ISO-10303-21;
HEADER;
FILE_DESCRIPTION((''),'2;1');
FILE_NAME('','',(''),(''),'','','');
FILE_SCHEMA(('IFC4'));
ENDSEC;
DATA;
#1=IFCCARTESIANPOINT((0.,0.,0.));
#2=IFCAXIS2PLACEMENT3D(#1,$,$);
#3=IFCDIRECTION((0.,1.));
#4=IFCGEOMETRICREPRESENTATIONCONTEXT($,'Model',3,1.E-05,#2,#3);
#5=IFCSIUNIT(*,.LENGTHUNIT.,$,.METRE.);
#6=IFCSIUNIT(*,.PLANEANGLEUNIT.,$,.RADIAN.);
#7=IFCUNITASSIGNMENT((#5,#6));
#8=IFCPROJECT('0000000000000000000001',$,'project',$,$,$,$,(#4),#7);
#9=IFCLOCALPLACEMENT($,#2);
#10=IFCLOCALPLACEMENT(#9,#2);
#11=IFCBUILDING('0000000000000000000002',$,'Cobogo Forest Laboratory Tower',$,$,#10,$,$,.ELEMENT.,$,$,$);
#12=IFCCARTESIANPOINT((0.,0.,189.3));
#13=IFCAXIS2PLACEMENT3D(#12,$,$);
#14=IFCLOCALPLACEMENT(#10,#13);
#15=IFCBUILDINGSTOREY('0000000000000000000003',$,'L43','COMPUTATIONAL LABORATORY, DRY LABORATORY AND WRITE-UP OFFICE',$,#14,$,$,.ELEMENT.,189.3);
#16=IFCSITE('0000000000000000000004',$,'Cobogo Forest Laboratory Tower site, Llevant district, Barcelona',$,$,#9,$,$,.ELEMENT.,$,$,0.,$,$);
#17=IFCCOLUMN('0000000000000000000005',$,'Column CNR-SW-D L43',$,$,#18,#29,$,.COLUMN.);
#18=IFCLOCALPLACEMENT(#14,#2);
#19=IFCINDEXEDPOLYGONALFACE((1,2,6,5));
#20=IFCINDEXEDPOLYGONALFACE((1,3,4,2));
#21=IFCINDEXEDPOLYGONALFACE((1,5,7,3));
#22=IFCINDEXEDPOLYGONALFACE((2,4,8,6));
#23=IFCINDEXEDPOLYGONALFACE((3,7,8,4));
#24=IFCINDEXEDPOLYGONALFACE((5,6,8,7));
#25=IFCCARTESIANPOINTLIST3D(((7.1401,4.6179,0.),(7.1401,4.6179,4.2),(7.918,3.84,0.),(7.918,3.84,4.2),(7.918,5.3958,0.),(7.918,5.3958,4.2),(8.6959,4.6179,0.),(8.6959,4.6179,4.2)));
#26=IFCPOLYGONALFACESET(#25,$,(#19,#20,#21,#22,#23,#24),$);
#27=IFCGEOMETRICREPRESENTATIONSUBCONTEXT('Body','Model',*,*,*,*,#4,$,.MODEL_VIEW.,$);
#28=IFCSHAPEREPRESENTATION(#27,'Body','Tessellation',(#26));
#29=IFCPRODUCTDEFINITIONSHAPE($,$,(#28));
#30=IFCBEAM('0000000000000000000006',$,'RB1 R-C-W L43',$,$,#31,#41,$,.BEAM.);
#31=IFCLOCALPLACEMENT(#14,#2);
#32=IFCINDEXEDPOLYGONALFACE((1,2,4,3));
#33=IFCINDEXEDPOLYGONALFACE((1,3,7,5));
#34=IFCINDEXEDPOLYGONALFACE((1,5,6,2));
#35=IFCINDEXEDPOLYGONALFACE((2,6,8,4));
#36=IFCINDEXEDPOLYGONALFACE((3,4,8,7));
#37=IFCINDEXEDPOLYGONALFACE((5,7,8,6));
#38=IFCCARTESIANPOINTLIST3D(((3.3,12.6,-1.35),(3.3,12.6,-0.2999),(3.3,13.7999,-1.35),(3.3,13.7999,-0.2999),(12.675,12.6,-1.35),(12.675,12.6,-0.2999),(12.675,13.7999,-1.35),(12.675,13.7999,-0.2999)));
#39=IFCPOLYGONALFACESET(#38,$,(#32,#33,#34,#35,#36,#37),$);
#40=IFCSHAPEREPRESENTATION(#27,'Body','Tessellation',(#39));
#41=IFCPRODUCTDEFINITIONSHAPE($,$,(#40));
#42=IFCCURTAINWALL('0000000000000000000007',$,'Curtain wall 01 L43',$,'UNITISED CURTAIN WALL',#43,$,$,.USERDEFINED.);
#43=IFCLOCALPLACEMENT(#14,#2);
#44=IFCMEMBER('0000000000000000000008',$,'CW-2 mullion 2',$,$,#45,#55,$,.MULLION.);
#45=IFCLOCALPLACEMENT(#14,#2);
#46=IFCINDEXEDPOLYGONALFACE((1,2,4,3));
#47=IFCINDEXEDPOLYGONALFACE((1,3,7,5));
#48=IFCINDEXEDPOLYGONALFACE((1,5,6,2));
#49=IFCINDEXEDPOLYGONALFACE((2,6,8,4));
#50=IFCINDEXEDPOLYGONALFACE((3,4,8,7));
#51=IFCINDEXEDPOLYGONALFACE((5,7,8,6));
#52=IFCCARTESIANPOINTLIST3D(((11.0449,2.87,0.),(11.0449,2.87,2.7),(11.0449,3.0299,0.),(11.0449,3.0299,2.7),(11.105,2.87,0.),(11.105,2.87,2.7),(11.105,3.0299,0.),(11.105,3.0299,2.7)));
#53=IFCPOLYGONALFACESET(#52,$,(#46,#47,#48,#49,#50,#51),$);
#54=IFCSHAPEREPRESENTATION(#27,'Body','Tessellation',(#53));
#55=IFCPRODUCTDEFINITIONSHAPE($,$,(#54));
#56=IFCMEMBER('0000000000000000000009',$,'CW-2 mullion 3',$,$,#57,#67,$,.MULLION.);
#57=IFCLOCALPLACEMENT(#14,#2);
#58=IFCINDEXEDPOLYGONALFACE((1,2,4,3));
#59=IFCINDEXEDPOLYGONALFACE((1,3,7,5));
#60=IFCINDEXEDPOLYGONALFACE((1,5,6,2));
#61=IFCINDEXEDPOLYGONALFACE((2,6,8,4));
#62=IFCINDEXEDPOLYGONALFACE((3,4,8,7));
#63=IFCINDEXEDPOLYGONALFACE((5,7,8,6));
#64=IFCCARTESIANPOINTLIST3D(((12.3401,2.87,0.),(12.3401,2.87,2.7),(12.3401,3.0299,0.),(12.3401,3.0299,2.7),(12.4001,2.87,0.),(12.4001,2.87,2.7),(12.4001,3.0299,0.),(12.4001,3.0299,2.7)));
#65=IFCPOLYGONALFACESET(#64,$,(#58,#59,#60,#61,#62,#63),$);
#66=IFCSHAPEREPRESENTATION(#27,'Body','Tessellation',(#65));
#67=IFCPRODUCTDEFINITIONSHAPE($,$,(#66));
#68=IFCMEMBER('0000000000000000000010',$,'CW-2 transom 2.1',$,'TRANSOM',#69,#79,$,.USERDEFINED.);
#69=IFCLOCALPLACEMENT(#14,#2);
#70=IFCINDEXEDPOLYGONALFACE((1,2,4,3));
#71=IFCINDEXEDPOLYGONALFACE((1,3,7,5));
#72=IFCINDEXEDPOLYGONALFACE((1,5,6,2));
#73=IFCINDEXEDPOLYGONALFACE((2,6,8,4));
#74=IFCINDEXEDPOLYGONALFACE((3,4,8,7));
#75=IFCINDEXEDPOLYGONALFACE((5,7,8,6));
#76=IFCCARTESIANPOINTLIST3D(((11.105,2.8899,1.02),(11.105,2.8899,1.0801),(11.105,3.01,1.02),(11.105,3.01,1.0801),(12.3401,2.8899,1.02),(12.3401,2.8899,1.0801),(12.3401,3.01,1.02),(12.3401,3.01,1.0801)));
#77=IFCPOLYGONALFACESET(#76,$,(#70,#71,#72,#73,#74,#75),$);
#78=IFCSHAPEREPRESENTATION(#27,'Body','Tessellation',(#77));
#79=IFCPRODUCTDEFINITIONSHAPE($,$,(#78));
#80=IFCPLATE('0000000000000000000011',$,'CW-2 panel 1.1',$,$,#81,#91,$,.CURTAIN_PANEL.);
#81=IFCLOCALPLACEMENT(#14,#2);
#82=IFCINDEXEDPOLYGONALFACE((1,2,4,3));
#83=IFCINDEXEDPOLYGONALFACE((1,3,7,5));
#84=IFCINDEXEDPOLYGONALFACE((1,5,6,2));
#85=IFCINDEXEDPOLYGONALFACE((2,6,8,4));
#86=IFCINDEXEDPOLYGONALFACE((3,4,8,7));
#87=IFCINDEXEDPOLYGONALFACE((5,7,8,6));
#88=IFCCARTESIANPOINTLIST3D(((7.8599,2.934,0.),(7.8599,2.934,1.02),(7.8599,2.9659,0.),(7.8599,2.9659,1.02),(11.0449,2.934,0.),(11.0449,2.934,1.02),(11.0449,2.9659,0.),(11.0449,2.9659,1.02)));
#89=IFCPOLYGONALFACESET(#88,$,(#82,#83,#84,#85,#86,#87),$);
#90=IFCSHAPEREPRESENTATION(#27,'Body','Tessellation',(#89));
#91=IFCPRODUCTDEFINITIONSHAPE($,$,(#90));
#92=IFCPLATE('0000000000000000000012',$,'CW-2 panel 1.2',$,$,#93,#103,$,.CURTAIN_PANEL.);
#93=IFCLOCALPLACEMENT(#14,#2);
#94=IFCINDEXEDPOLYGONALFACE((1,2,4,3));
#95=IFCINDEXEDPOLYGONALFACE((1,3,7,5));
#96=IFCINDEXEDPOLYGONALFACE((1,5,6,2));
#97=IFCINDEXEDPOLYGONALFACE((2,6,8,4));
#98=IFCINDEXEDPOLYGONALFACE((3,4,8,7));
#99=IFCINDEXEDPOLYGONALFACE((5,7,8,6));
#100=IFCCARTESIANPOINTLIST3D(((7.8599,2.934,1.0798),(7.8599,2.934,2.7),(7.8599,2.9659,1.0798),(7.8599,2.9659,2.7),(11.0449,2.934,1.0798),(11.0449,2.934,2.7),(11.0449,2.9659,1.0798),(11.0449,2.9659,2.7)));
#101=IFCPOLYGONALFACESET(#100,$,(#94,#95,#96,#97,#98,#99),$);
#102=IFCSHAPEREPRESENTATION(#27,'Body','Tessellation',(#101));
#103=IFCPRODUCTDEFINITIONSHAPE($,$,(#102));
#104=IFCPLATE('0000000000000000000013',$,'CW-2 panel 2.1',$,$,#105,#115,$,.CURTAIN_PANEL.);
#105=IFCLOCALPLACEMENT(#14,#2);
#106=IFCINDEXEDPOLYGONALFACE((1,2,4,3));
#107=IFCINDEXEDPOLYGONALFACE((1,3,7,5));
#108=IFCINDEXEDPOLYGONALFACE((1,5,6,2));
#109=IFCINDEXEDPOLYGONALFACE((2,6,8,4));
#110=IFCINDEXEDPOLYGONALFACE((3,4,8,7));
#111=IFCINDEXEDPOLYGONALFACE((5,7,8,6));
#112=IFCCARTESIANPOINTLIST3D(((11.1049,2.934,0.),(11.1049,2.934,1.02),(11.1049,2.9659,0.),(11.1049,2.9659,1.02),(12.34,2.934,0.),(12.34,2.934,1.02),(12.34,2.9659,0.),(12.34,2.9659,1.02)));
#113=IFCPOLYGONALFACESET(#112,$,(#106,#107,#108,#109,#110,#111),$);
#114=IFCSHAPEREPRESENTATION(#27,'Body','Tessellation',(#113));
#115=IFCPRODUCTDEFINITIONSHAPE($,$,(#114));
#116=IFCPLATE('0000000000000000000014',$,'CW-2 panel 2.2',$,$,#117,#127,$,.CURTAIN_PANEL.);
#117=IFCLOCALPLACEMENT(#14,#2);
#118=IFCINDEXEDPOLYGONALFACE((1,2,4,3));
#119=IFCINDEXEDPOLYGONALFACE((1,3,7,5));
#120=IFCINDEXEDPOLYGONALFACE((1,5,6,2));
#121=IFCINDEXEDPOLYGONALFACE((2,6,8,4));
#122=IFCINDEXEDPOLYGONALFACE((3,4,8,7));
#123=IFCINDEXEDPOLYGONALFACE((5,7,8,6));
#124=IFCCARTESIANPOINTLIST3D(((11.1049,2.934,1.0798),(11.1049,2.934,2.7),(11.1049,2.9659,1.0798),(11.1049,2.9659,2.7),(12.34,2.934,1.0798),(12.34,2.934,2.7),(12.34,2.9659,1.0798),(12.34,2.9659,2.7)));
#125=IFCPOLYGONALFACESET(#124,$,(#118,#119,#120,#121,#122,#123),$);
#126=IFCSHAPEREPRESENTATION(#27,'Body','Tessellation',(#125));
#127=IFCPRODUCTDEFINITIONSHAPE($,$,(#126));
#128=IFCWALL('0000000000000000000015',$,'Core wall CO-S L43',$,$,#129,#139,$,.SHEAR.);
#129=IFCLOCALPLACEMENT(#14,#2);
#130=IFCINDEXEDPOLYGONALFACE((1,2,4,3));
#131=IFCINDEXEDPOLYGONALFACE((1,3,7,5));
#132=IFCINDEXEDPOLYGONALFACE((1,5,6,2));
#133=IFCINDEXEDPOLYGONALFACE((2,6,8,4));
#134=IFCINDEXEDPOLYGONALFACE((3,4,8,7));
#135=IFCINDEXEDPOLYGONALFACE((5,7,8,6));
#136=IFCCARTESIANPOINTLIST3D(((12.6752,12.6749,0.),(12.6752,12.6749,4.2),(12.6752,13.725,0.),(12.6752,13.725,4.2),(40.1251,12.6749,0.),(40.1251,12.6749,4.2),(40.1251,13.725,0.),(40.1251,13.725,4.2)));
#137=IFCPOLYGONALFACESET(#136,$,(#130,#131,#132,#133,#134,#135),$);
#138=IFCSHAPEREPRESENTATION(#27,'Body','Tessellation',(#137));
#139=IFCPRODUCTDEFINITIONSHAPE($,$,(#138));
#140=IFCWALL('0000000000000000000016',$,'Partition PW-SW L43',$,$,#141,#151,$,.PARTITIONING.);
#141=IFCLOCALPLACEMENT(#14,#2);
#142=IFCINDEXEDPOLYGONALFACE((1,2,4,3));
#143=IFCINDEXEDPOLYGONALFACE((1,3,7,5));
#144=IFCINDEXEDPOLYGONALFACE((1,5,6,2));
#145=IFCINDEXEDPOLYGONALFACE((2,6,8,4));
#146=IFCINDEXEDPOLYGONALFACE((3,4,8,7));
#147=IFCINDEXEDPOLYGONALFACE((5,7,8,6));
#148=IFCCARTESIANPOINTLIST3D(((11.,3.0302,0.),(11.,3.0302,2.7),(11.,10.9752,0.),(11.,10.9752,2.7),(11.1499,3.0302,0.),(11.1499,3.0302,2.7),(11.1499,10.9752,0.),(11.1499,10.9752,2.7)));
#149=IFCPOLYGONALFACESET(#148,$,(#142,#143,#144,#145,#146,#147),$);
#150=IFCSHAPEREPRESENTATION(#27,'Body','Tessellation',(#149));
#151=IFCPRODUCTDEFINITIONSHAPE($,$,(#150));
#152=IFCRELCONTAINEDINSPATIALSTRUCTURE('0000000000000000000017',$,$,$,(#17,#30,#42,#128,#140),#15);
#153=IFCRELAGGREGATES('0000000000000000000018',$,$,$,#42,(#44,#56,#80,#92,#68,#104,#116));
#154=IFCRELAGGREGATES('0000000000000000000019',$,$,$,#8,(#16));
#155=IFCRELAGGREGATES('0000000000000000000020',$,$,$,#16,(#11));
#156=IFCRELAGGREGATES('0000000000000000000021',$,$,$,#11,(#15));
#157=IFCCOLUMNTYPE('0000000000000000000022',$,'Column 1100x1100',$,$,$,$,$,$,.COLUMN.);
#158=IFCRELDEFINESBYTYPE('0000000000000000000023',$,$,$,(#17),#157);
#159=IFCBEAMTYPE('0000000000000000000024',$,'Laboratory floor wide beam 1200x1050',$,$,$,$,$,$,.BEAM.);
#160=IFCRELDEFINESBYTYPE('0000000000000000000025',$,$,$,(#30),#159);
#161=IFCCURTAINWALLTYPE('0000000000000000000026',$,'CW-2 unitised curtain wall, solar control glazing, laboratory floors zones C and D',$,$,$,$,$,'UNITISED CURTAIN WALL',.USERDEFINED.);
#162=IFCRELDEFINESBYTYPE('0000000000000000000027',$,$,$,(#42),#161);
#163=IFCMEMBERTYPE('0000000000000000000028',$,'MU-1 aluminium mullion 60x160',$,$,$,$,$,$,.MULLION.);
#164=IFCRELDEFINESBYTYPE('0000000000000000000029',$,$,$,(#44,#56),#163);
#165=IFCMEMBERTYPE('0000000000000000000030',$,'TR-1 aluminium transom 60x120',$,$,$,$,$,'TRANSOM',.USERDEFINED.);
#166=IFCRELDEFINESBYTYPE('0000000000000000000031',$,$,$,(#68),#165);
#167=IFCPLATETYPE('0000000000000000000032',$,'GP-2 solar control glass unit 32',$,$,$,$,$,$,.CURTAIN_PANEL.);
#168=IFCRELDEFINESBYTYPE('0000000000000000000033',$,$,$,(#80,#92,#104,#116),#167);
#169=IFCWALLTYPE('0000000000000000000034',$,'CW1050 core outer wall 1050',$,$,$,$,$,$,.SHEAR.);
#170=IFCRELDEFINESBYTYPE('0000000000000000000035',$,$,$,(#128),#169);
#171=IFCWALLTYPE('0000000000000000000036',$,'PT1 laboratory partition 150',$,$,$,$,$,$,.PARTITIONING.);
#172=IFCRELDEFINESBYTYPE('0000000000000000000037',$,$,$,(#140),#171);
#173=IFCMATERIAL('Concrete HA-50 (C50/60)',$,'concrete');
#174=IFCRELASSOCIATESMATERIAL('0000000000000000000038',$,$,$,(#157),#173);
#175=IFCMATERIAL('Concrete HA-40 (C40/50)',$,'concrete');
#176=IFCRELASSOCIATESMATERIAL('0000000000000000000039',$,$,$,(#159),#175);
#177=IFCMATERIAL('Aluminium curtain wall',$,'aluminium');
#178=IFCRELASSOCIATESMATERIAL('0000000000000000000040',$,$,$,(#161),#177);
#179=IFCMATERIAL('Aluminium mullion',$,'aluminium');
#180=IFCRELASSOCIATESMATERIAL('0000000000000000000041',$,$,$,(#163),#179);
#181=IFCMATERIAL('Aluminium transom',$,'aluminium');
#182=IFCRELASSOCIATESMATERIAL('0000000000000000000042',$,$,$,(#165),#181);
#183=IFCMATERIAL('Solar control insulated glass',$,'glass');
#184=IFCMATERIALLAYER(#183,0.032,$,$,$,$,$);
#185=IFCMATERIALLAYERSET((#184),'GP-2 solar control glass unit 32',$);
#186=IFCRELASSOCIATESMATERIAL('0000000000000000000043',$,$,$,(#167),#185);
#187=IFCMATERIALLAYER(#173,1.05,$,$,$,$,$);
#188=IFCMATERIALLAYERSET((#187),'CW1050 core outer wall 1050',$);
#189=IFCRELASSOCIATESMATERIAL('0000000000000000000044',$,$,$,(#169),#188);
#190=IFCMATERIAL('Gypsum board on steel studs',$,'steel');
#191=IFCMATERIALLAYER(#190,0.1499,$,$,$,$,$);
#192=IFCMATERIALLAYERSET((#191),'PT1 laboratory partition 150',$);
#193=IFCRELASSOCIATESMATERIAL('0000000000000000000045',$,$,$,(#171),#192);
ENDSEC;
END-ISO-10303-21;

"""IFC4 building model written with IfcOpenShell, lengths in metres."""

from ifc_helpers import new_model, si_unit, direction, frame, frame_2d, origin, origin_2d, place, context, subcontext, project, spatial, rectangle, extrude, material, layer, layer_set, material_profile, profile_set, type_object, element, aggregate, save


model = new_model("IFC4")

# Units and contexts
model_context = context("Model", 3, precision=1e-05, world=origin(), true_north=direction((0.0, 1.0)))
body_context = subcontext(model_context, "Body", "Model", "MODEL_VIEW")
ifc_project = project(units=[si_unit("LENGTHUNIT", "METRE"), si_unit("PLANEANGLEUNIT", "RADIAN")], contexts=[model_context])

# Site, building, storey
site_placement = place(None, origin())
site = spatial("IfcSite", under=ifc_project, at=site_placement, Name="Cobogo Forest Laboratory Tower site, Llevant district, Barcelona", CompositionType="ELEMENT", RefElevation=0.0)
building_placement = place(site_placement, origin())
building = spatial("IfcBuilding", under=site, at=building_placement, Name="Cobogo Forest Laboratory Tower", CompositionType="ELEMENT")
storey_placement = place(building_placement, frame((0.0, 0.0, 189.3)))
storey = spatial("IfcBuildingStorey", under=building, at=storey_placement, Name="L43", Description="COMPUTATIONAL LABORATORY, DRY LABORATORY AND WRITE-UP OFFICE", CompositionType="ELEMENT", Elevation=189.3)

# Column
ifc_material_1 = material(Name="Concrete HA-50 (C50/60)", Category="concrete")
ifc_material_profile_1 = material_profile(ifc_material_1, rectangle(XDim=1.1001, YDim=1.1001, at=origin_2d()), Name="RC 1100x1100")
ifc_profile_set_1 = profile_set([ifc_material_profile_1], Name="Concrete HA-50 (C50/60)")
column_type = type_object("IfcColumnType", Name="Column 1100x1100", PredefinedType="COLUMN", material=ifc_profile_set_1)
column_placement = place(storey_placement, frame((7.918, 4.6179, 0.0), z_axis=(0.0, 0.0, 1.0), x_axis=(0.707107, 0.707107, 0.0)))
element("IfcColumn", 1, at=column_placement, inside=storey, type_object=column_type, Name="Column CNR-SW-D L43", PredefinedType="COLUMN", context=body_context, shape_type="SweptSolid", body=[
    extrude(rectangle(XDim=1.1001, YDim=1.1001, at=origin_2d()), origin(), (0.0, 0.0, 1.0), 4.2),
])

# Beam
ifc_material_2 = material(Name="Concrete HA-40 (C40/50)", Category="concrete")
ifc_material_profile_2 = material_profile(ifc_material_2, rectangle(XDim=1.2, YDim=1.05, at=origin_2d()), Name="RC 1200x1050")
ifc_profile_set_2 = profile_set([ifc_material_profile_2], Name="Concrete HA-40 (C40/50)")
beam_type = type_object("IfcBeamType", Name="Laboratory floor wide beam 1200x1050", PredefinedType="BEAM", material=ifc_profile_set_2)
beam_placement = place(storey_placement, frame((12.675, 13.2, -0.825), z_axis=(-1.0, 0.0, 0.0), x_axis=(0.0, -1.0, 0.0)))
element("IfcBeam", 2, at=beam_placement, inside=storey, type_object=beam_type, Name="RB1 R-C-W L43", PredefinedType="BEAM", context=body_context, shape_type="SweptSolid", body=[
    extrude(rectangle(XDim=1.2, YDim=1.05, at=origin_2d()), origin(), (0.0, 0.0, 1.0), 9.375),
])

# Curtain wall, members, plates
ifc_material_3 = material(Name="Aluminium curtain wall", Category="aluminium")
curtain_wall_type = type_object("IfcCurtainWallType", Name="CW-2 unitised curtain wall, solar control glazing, laboratory floors zones C and D", ElementType="UNITISED CURTAIN WALL", PredefinedType="USERDEFINED", material=ifc_material_3)
curtain_wall_placement = place(storey_placement, origin())
curtain_wall = element("IfcCurtainWall", 3, at=curtain_wall_placement, inside=storey, type_object=curtain_wall_type, Name="Curtain wall 01 L43", ObjectType="UNITISED CURTAIN WALL", PredefinedType="USERDEFINED")
ifc_material_4 = material(Name="Aluminium mullion", Category="aluminium")
ifc_material_profile_3 = material_profile(ifc_material_4, rectangle(XDim=0.0601, YDim=0.1599, at=origin_2d()), Name="AL 60x160")
ifc_profile_set_3 = profile_set([ifc_material_profile_3], Name="Aluminium mullion")
member_type_1 = type_object("IfcMemberType", Name="MU-1 aluminium mullion 60x160", PredefinedType="MULLION", material=ifc_profile_set_3)
member_1_placement = place(storey_placement, frame((11.075, 2.95, 0.0), z_axis=(0.0, 0.0, 1.0), x_axis=(1.0, 0.0, 0.0)))
member_1 = element("IfcMember", 4, at=member_1_placement, type_object=member_type_1, Name="CW-2 mullion 2", PredefinedType="MULLION", context=body_context, shape_type="SweptSolid", body=[
    extrude(rectangle(XDim=0.0601, YDim=0.1599, at=origin_2d()), origin(), (0.0, 0.0, 1.0), 2.7),
])
member_2_placement = place(storey_placement, frame((12.3701, 2.95, 0.0), z_axis=(0.0, 0.0, 1.0), x_axis=(1.0, 0.0, 0.0)))
member_2 = element("IfcMember", 5, at=member_2_placement, type_object=member_type_1, Name="CW-2 mullion 3", PredefinedType="MULLION", context=body_context, shape_type="SweptSolid", body=[
    extrude(rectangle(XDim=0.0601, YDim=0.1599, at=origin_2d()), origin(), (0.0, 0.0, 1.0), 2.7),
])
ifc_material_5 = material(Name="Aluminium transom", Category="aluminium")
ifc_material_profile_4 = material_profile(ifc_material_5, rectangle(XDim=0.1201, YDim=0.0601, at=origin_2d()), Name="AL 60x120")
ifc_profile_set_4 = profile_set([ifc_material_profile_4], Name="Aluminium transom")
member_type_2 = type_object("IfcMemberType", Name="TR-1 aluminium transom 60x120", ElementType="TRANSOM", PredefinedType="USERDEFINED", material=ifc_profile_set_4)
member_3_placement = place(storey_placement, frame((11.105, 2.95, 1.05), z_axis=(1.0, 0.0, 0.0), x_axis=(0.0, 1.0, 0.0)))
member_3 = element("IfcMember", 6, at=member_3_placement, type_object=member_type_2, Name="CW-2 transom 2.1", ObjectType="TRANSOM", PredefinedType="USERDEFINED", context=body_context, shape_type="SweptSolid", body=[
    extrude(rectangle(XDim=0.1201, YDim=0.0601, at=origin_2d()), origin(), (0.0, 0.0, 1.0), 1.2351),
])
ifc_material_6 = material(Name="Solar control insulated glass", Category="glass")
ifc_layer_1 = layer(ifc_material_6, 0.032)
ifc_layer_set_1 = layer_set([ifc_layer_1], Name="GP-2 solar control glass unit 32")
plate_type = type_object("IfcPlateType", Name="GP-2 solar control glass unit 32", PredefinedType="CURTAIN_PANEL", material=ifc_layer_set_1)
plate_1_placement = place(storey_placement, frame((9.4524, 2.95, 0.0), z_axis=(0.0, 0.0, 1.0), x_axis=(1.0, 0.0, 0.0)))
plate_1 = element("IfcPlate", 7, at=plate_1_placement, type_object=plate_type, Name="CW-2 panel 1.1", PredefinedType="CURTAIN_PANEL", context=body_context, shape_type="SweptSolid", body=[
    extrude(rectangle(XDim=3.1851, YDim=0.032, at=origin_2d()), origin(), (0.0, 0.0, 1.0), 1.02),
])
plate_2_placement = place(storey_placement, frame((9.4524, 2.95, 1.0798), z_axis=(0.0, 0.0, 1.0), x_axis=(1.0, 0.0, 0.0)))
plate_2 = element("IfcPlate", 8, at=plate_2_placement, type_object=plate_type, Name="CW-2 panel 1.2", PredefinedType="CURTAIN_PANEL", context=body_context, shape_type="SweptSolid", body=[
    extrude(rectangle(XDim=3.1851, YDim=0.032, at=origin_2d()), origin(), (0.0, 0.0, 1.0), 1.6201),
])
plate_3_placement = place(storey_placement, frame((11.7224, 2.95, 0.0), z_axis=(0.0, 0.0, 1.0), x_axis=(1.0, 0.0, 0.0)))
plate_3 = element("IfcPlate", 9, at=plate_3_placement, type_object=plate_type, Name="CW-2 panel 2.1", PredefinedType="CURTAIN_PANEL", context=body_context, shape_type="SweptSolid", body=[
    extrude(rectangle(XDim=1.2351, YDim=0.032, at=origin_2d()), origin(), (0.0, 0.0, 1.0), 1.02),
])
plate_4_placement = place(storey_placement, frame((11.7224, 2.95, 1.0798), z_axis=(0.0, 0.0, 1.0), x_axis=(1.0, 0.0, 0.0)))
plate_4 = element("IfcPlate", 10, at=plate_4_placement, type_object=plate_type, Name="CW-2 panel 2.2", PredefinedType="CURTAIN_PANEL", context=body_context, shape_type="SweptSolid", body=[
    extrude(rectangle(XDim=1.2351, YDim=0.032, at=origin_2d()), origin(), (0.0, 0.0, 1.0), 1.6201),
])
aggregate(curtain_wall, [member_1, member_2, plate_1, plate_2, member_3, plate_3, plate_4])

# Walls
ifc_layer_2 = layer(ifc_material_1, 1.05)
ifc_layer_set_2 = layer_set([ifc_layer_2], Name="CW1050 core outer wall 1050")
wall_type_1 = type_object("IfcWallType", Name="CW1050 core outer wall 1050", PredefinedType="SHEAR", material=ifc_layer_set_2)
wall_1_placement = place(storey_placement, frame((12.675, 13.2, 0.0), z_axis=(0.0, 0.0, 1.0), x_axis=(1.0, 0.0, 0.0)))
element("IfcWall", 11, at=wall_1_placement, inside=storey, type_object=wall_type_1, Name="Core wall CO-S L43", PredefinedType="SHEAR", context=body_context, shape_type="SweptSolid", body=[
    extrude(rectangle(XDim=27.45, YDim=1.05, at=frame_2d((13.7251, 0.0))), origin(), (0.0, 0.0, 1.0), 4.2),
])
ifc_material_7 = material(Name="Gypsum board on steel studs", Category="steel")
ifc_layer_3 = layer(ifc_material_7, 0.1499)
ifc_layer_set_3 = layer_set([ifc_layer_3], Name="PT1 laboratory partition 150")
wall_type_2 = type_object("IfcWallType", Name="PT1 laboratory partition 150", PredefinedType="PARTITIONING", material=ifc_layer_set_3)
wall_2_placement = place(storey_placement, frame((11.075, 3.03, 0.0), z_axis=(0.0, 0.0, 1.0), x_axis=(0.0, 1.0, 0.0)))
element("IfcWall", 12, at=wall_2_placement, inside=storey, type_object=wall_type_2, Name="Partition PW-SW L43", PredefinedType="PARTITIONING", context=body_context, shape_type="SweptSolid", body=[
    extrude(rectangle(XDim=7.9451, YDim=0.1499, at=frame_2d((3.9727, 0.0))), origin(), (0.0, 0.0, 1.0), 2.7),
])

save(model, "model.ifc")
